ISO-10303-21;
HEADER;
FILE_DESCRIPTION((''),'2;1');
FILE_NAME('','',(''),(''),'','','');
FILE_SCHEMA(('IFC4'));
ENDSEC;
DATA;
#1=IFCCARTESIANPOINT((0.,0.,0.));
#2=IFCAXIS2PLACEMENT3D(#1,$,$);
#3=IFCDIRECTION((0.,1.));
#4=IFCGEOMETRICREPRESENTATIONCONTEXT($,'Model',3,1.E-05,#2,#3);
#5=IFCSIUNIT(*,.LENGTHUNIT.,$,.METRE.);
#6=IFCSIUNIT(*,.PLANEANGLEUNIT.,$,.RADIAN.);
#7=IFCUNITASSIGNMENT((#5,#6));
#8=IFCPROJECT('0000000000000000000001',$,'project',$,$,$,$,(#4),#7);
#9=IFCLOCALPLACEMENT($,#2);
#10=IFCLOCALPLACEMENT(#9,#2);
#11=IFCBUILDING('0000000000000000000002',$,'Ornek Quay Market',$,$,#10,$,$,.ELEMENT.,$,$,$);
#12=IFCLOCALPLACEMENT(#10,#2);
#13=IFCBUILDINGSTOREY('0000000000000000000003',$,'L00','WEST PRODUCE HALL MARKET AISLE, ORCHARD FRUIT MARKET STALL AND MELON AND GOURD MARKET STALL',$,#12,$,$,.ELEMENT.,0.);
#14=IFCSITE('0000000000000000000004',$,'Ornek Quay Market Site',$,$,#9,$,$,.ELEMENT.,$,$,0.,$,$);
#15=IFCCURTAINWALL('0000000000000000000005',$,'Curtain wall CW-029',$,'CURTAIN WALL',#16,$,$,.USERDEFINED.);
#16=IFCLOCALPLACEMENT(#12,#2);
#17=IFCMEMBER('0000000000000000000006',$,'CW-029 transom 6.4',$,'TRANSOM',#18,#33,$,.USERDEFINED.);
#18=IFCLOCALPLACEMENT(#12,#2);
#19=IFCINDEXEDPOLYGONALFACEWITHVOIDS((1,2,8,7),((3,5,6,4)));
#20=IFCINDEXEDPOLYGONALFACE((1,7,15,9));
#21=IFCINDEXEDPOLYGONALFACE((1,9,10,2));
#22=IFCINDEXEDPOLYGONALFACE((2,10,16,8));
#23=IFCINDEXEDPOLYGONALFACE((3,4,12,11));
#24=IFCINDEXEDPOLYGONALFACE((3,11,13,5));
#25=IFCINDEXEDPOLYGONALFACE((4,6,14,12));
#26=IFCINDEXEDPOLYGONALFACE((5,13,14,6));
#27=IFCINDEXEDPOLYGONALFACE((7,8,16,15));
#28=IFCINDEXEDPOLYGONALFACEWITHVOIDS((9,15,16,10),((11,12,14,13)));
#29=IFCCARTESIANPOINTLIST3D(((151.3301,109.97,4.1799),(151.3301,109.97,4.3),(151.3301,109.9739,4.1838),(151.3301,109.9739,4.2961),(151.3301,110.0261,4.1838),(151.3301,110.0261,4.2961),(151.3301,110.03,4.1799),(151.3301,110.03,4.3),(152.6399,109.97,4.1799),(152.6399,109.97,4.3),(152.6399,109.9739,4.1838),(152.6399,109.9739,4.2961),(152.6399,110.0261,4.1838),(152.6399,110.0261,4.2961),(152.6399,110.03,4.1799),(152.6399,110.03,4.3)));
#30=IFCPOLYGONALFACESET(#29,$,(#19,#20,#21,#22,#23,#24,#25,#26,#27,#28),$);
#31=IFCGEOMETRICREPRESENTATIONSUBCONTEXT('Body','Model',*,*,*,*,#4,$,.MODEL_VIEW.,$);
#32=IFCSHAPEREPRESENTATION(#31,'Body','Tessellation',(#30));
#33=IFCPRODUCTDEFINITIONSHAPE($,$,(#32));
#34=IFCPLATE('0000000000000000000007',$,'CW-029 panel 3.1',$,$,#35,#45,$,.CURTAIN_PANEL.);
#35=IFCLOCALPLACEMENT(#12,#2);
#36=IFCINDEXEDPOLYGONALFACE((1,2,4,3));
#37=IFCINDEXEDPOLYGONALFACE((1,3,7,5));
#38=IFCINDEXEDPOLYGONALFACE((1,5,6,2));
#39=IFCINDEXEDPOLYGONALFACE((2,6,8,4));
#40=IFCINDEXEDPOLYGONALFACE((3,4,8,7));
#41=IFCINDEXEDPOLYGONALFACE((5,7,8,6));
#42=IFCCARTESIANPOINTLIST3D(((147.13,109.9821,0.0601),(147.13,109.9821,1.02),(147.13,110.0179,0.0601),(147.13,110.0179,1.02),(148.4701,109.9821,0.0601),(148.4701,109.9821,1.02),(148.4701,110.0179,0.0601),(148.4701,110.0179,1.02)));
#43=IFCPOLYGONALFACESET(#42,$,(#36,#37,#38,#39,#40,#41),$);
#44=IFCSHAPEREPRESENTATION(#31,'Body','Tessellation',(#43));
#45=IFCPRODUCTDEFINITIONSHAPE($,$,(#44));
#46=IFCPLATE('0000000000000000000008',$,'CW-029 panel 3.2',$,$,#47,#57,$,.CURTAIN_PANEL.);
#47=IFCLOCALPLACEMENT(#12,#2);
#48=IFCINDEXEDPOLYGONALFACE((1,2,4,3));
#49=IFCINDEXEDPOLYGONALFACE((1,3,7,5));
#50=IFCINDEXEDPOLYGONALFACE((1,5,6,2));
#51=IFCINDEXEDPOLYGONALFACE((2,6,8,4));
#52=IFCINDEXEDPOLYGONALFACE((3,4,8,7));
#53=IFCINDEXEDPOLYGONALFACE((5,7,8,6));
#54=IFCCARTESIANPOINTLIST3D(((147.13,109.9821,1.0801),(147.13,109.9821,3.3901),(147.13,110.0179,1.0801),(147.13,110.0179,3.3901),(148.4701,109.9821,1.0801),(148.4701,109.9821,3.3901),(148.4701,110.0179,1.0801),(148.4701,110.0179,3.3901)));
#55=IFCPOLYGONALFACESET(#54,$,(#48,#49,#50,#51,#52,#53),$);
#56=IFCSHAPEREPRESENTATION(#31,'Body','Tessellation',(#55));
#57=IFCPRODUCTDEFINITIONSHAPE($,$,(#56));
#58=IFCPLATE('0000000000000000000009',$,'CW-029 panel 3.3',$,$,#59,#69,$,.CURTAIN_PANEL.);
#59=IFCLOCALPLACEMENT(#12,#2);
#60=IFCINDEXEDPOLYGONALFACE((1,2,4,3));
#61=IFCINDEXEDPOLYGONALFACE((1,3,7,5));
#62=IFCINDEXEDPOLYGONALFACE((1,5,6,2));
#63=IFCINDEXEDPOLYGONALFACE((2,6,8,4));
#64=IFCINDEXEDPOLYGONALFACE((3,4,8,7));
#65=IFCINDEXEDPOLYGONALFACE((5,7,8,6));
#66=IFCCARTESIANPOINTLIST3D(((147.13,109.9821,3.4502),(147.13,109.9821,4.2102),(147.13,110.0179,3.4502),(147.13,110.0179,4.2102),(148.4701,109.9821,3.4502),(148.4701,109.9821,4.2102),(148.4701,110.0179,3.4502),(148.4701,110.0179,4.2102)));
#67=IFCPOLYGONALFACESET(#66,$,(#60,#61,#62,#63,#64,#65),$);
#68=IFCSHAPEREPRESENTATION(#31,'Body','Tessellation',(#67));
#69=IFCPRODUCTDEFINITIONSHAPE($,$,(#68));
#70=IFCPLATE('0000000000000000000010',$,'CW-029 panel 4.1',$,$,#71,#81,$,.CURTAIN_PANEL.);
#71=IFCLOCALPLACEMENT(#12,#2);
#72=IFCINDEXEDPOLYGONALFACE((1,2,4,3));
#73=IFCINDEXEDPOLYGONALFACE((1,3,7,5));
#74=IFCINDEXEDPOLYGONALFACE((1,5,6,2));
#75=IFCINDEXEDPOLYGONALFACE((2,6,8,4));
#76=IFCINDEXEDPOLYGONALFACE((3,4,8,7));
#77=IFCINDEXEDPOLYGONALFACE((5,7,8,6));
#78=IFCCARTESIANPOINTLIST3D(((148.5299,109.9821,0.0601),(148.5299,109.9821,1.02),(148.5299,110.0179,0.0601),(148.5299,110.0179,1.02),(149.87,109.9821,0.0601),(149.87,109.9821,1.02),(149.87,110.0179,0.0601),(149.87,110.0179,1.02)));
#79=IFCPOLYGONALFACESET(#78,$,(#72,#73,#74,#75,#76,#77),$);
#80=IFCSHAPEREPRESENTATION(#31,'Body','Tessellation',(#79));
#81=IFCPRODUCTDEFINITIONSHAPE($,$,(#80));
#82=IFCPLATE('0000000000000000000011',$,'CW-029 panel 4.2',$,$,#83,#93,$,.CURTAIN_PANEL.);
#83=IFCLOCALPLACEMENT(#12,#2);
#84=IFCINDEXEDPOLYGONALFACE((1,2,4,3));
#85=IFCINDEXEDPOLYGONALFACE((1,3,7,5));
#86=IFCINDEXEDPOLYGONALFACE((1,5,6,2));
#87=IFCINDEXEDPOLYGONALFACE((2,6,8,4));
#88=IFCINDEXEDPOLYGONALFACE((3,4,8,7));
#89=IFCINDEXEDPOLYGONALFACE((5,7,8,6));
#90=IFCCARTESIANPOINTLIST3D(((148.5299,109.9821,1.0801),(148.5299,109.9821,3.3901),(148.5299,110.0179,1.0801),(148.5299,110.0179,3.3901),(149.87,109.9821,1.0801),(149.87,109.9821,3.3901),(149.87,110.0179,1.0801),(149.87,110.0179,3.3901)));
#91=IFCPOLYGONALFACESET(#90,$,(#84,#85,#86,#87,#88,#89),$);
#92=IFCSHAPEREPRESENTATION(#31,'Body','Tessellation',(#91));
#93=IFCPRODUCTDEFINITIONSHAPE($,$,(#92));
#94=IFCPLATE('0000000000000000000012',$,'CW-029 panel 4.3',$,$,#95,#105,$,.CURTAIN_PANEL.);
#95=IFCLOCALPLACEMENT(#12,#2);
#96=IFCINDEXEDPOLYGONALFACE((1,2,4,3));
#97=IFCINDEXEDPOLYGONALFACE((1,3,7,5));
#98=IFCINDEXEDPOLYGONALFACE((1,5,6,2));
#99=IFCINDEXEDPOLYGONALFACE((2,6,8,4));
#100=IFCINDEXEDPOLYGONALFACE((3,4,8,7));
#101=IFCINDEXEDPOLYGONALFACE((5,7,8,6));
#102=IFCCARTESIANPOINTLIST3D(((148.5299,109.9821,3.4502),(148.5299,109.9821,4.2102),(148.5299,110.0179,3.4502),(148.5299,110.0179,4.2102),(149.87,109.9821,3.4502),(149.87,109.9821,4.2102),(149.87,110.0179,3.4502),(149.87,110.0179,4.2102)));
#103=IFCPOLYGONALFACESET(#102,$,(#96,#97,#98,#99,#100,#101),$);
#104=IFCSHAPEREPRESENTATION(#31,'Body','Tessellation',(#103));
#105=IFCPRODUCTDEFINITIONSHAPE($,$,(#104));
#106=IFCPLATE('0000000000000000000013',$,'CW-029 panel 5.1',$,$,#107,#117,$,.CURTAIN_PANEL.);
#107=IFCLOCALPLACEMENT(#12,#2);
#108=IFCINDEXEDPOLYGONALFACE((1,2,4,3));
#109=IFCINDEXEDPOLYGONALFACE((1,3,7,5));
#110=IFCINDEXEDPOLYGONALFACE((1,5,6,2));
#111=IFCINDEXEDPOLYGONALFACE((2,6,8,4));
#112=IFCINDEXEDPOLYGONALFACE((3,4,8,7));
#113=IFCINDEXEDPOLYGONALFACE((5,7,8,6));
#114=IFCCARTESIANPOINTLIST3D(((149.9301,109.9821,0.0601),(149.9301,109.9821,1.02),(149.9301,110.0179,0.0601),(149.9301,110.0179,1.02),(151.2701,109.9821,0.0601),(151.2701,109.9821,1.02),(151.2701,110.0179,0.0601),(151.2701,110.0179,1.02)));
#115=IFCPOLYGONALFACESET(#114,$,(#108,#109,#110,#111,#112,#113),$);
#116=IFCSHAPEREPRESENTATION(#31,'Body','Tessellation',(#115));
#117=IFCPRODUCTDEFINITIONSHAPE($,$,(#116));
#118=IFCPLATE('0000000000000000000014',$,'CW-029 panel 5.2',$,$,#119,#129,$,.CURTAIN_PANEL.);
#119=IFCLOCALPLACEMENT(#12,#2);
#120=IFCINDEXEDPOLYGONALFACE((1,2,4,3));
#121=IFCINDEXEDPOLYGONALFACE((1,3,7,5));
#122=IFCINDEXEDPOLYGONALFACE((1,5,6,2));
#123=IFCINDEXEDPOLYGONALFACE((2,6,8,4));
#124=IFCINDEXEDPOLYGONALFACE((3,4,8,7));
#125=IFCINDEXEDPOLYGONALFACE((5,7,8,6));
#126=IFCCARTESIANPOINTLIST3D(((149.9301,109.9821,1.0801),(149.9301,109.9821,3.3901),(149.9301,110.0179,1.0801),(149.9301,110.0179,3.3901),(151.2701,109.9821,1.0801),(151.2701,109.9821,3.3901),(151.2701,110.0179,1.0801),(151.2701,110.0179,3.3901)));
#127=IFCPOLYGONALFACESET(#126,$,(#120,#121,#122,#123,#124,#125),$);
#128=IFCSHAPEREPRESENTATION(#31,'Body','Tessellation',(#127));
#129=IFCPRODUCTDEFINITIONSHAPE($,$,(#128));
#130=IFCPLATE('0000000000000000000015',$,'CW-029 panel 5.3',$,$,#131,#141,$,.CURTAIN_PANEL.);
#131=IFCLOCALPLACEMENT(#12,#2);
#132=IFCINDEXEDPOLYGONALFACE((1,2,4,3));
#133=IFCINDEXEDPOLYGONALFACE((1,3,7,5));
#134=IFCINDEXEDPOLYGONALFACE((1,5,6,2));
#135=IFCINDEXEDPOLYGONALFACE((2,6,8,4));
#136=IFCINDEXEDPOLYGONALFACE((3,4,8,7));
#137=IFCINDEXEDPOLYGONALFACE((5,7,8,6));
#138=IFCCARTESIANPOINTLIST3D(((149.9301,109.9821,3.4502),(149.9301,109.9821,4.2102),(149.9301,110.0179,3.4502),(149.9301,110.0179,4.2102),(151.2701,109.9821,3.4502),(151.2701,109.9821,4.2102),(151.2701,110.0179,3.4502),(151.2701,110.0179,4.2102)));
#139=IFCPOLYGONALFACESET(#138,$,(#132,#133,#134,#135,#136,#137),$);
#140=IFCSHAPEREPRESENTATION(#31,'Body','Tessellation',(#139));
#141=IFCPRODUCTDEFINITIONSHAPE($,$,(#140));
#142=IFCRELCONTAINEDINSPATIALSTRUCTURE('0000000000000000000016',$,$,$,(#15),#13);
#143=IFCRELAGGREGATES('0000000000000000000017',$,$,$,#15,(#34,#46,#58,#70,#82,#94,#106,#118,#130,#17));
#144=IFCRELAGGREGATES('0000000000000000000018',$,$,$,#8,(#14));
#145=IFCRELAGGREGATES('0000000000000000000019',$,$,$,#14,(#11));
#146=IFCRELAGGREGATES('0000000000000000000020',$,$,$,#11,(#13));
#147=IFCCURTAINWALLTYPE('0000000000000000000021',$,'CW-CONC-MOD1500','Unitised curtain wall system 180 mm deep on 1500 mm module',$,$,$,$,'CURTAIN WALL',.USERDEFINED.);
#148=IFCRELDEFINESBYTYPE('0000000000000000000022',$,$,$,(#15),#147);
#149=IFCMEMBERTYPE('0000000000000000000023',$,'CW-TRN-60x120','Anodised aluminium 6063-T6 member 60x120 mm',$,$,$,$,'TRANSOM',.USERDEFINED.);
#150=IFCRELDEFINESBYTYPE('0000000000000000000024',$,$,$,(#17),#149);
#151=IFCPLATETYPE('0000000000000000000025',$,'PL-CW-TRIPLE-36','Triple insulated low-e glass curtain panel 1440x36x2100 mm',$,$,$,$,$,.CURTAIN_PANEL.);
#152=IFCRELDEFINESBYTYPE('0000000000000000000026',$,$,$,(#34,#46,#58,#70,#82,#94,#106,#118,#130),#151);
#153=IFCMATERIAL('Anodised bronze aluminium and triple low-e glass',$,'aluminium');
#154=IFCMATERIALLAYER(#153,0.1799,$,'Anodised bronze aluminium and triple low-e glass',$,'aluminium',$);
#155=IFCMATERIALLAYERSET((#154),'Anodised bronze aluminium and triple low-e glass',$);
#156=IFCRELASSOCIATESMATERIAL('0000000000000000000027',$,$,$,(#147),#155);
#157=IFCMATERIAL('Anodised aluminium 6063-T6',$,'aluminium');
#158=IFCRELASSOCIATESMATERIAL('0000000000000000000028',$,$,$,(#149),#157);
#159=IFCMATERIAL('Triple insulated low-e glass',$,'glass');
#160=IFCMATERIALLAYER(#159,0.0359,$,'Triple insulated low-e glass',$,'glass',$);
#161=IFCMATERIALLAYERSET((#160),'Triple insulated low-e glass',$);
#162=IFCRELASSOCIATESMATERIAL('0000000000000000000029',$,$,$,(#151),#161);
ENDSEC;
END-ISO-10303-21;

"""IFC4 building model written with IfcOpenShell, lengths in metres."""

from ifc_helpers import new_model, si_unit, direction, frame, origin, origin_2d, place, context, subcontext, project, spatial, rectangle, hollow_rectangle, extrude, material, layer, layer_set, material_profile, profile_set, type_object, element, aggregate, save


model = new_model("IFC4")

# Units and contexts
model_context = context("Model", 3, precision=1e-05, world=origin(), true_north=direction((0.0, 1.0)))
body_context = subcontext(model_context, "Body", "Model", "MODEL_VIEW")
ifc_project = project(units=[si_unit("LENGTHUNIT", "METRE"), si_unit("PLANEANGLEUNIT", "RADIAN")], contexts=[model_context])

# Site, building, storey
site_placement = place(None, origin())
site = spatial("IfcSite", under=ifc_project, at=site_placement, Name="Ornek Quay Market Site", CompositionType="ELEMENT", RefElevation=0.0)
building_placement = place(site_placement, origin())
building = spatial("IfcBuilding", under=site, at=building_placement, Name="Ornek Quay Market", CompositionType="ELEMENT")
storey_placement = place(building_placement, origin())
storey = spatial("IfcBuildingStorey", under=building, at=storey_placement, Name="L00", Description="WEST PRODUCE HALL MARKET AISLE, ORCHARD FRUIT MARKET STALL AND MELON AND GOURD MARKET STALL", CompositionType="ELEMENT", Elevation=0.0)

# Curtain wall, member, plates
ifc_material_1 = material(Name="Anodised bronze aluminium and triple low-e glass", Category="aluminium")
ifc_layer_1 = layer(ifc_material_1, 0.1799, Name="Anodised bronze aluminium and triple low-e glass", Category="aluminium")
ifc_layer_set_1 = layer_set([ifc_layer_1], Name="Anodised bronze aluminium and triple low-e glass")
curtain_wall_type = type_object("IfcCurtainWallType", Name="CW-CONC-MOD1500", Description="Unitised curtain wall system 180 mm deep on 1500 mm module", ElementType="CURTAIN WALL", PredefinedType="USERDEFINED", material=ifc_layer_set_1)
curtain_wall_placement = place(storey_placement, origin())
curtain_wall = element("IfcCurtainWall", 1, at=curtain_wall_placement, inside=storey, type_object=curtain_wall_type, Name="Curtain wall CW-029", ObjectType="CURTAIN WALL", PredefinedType="USERDEFINED")
ifc_material_2 = material(Name="Anodised aluminium 6063-T6", Category="aluminium")
ifc_material_profile_1 = material_profile(ifc_material_2, hollow_rectangle(XDim=0.0601, YDim=0.1201, WallThickness=0.0039, at=origin_2d()), Name="CW-TRN-60x120", Category="aluminium")
ifc_profile_set_1 = profile_set([ifc_material_profile_1], Name="Anodised aluminium 6063-T6")
member_type_1 = type_object("IfcMemberType", Name="CW-TRN-60x120", Description="Anodised aluminium 6063-T6 member 60x120 mm", ElementType="TRANSOM", PredefinedType="USERDEFINED", material=ifc_profile_set_1)
member_1_placement = place(storey_placement, frame((151.3301, 110.0, 4.24), z_axis=(1.0, 0.0, 0.0), x_axis=(0.0, 1.0, 0.0)))
member_1 = element("IfcMember", 2, at=member_1_placement, type_object=member_type_1, Name="CW-029 transom 6.4", ObjectType="TRANSOM", PredefinedType="USERDEFINED", context=body_context, shape_type="SweptSolid", body=[
    extrude(hollow_rectangle(XDim=0.0601, YDim=0.1201, WallThickness=0.0039, at=origin_2d()), origin(), (0.0, 0.0, 1.0), 1.3098),
])
ifc_material_3 = material(Name="Triple insulated low-e glass", Category="glass")
ifc_layer_2 = layer(ifc_material_3, 0.0359, Name="Triple insulated low-e glass", Category="glass")
ifc_layer_set_2 = layer_set([ifc_layer_2], Name="Triple insulated low-e glass")
plate_type = type_object("IfcPlateType", Name="PL-CW-TRIPLE-36", Description="Triple insulated low-e glass curtain panel 1440x36x2100 mm", PredefinedType="CURTAIN_PANEL", material=ifc_layer_set_2)
plate_1_placement = place(storey_placement, frame((147.8, 110.0, 0.0601), z_axis=(0.0, 0.0, 1.0), x_axis=(1.0, 0.0, 0.0)))
plate_1 = element("IfcPlate", 3, at=plate_1_placement, type_object=plate_type, Name="CW-029 panel 3.1", PredefinedType="CURTAIN_PANEL", context=body_context, shape_type="SweptSolid", body=[
    extrude(rectangle(XDim=1.3401, YDim=0.0359, at=origin_2d()), origin(), (0.0, 0.0, 1.0), 0.96),
])
plate_2_placement = place(storey_placement, frame((147.8, 110.0, 1.0801), z_axis=(0.0, 0.0, 1.0), x_axis=(1.0, 0.0, 0.0)))
plate_2 = element("IfcPlate", 4, at=plate_2_placement, type_object=plate_type, Name="CW-029 panel 3.2", PredefinedType="CURTAIN_PANEL", context=body_context, shape_type="SweptSolid", body=[
    extrude(rectangle(XDim=1.3401, YDim=0.0359, at=origin_2d()), origin(), (0.0, 0.0, 1.0), 2.3101),
])
plate_3_placement = place(storey_placement, frame((147.8, 110.0, 3.4502), z_axis=(0.0, 0.0, 1.0), x_axis=(1.0, 0.0, 0.0)))
plate_3 = element("IfcPlate", 5, at=plate_3_placement, type_object=plate_type, Name="CW-029 panel 3.3", PredefinedType="CURTAIN_PANEL", context=body_context, shape_type="SweptSolid", body=[
    extrude(rectangle(XDim=1.3401, YDim=0.0359, at=origin_2d()), origin(), (0.0, 0.0, 1.0), 0.76),
])
plate_4_placement = place(storey_placement, frame((149.2, 110.0, 0.0601), z_axis=(0.0, 0.0, 1.0), x_axis=(1.0, 0.0, 0.0)))
plate_4 = element("IfcPlate", 6, at=plate_4_placement, type_object=plate_type, Name="CW-029 panel 4.1", PredefinedType="CURTAIN_PANEL", context=body_context, shape_type="SweptSolid", body=[
    extrude(rectangle(XDim=1.3401, YDim=0.0359, at=origin_2d()), origin(), (0.0, 0.0, 1.0), 0.96),
])
plate_5_placement = place(storey_placement, frame((149.2, 110.0, 1.0801), z_axis=(0.0, 0.0, 1.0), x_axis=(1.0, 0.0, 0.0)))
plate_5 = element("IfcPlate", 7, at=plate_5_placement, type_object=plate_type, Name="CW-029 panel 4.2", PredefinedType="CURTAIN_PANEL", context=body_context, shape_type="SweptSolid", body=[
    extrude(rectangle(XDim=1.3401, YDim=0.0359, at=origin_2d()), origin(), (0.0, 0.0, 1.0), 2.3101),
])
plate_6_placement = place(storey_placement, frame((149.2, 110.0, 3.4502), z_axis=(0.0, 0.0, 1.0), x_axis=(1.0, 0.0, 0.0)))
plate_6 = element("IfcPlate", 8, at=plate_6_placement, type_object=plate_type, Name="CW-029 panel 4.3", PredefinedType="CURTAIN_PANEL", context=body_context, shape_type="SweptSolid", body=[
    extrude(rectangle(XDim=1.3401, YDim=0.0359, at=origin_2d()), origin(), (0.0, 0.0, 1.0), 0.76),
])
plate_7_placement = place(storey_placement, frame((150.6001, 110.0, 0.0601), z_axis=(0.0, 0.0, 1.0), x_axis=(1.0, 0.0, 0.0)))
plate_7 = element("IfcPlate", 9, at=plate_7_placement, type_object=plate_type, Name="CW-029 panel 5.1", PredefinedType="CURTAIN_PANEL", context=body_context, shape_type="SweptSolid", body=[
    extrude(rectangle(XDim=1.3401, YDim=0.0359, at=origin_2d()), origin(), (0.0, 0.0, 1.0), 0.96),
])
plate_8_placement = place(storey_placement, frame((150.6001, 110.0, 1.0801), z_axis=(0.0, 0.0, 1.0), x_axis=(1.0, 0.0, 0.0)))
plate_8 = element("IfcPlate", 10, at=plate_8_placement, type_object=plate_type, Name="CW-029 panel 5.2", PredefinedType="CURTAIN_PANEL", context=body_context, shape_type="SweptSolid", body=[
    extrude(rectangle(XDim=1.3401, YDim=0.0359, at=origin_2d()), origin(), (0.0, 0.0, 1.0), 2.3101),
])
plate_9_placement = place(storey_placement, frame((150.6001, 110.0, 3.4502), z_axis=(0.0, 0.0, 1.0), x_axis=(1.0, 0.0, 0.0)))
plate_9 = element("IfcPlate", 11, at=plate_9_placement, type_object=plate_type, Name="CW-029 panel 5.3", PredefinedType="CURTAIN_PANEL", context=body_context, shape_type="SweptSolid", body=[
    extrude(rectangle(XDim=1.3401, YDim=0.0359, at=origin_2d()), origin(), (0.0, 0.0, 1.0), 0.76),
])
aggregate(curtain_wall, [plate_1, plate_2, plate_3, plate_4, plate_5, plate_6, plate_7, plate_8, plate_9, member_1])

save(model, "model.ifc")
